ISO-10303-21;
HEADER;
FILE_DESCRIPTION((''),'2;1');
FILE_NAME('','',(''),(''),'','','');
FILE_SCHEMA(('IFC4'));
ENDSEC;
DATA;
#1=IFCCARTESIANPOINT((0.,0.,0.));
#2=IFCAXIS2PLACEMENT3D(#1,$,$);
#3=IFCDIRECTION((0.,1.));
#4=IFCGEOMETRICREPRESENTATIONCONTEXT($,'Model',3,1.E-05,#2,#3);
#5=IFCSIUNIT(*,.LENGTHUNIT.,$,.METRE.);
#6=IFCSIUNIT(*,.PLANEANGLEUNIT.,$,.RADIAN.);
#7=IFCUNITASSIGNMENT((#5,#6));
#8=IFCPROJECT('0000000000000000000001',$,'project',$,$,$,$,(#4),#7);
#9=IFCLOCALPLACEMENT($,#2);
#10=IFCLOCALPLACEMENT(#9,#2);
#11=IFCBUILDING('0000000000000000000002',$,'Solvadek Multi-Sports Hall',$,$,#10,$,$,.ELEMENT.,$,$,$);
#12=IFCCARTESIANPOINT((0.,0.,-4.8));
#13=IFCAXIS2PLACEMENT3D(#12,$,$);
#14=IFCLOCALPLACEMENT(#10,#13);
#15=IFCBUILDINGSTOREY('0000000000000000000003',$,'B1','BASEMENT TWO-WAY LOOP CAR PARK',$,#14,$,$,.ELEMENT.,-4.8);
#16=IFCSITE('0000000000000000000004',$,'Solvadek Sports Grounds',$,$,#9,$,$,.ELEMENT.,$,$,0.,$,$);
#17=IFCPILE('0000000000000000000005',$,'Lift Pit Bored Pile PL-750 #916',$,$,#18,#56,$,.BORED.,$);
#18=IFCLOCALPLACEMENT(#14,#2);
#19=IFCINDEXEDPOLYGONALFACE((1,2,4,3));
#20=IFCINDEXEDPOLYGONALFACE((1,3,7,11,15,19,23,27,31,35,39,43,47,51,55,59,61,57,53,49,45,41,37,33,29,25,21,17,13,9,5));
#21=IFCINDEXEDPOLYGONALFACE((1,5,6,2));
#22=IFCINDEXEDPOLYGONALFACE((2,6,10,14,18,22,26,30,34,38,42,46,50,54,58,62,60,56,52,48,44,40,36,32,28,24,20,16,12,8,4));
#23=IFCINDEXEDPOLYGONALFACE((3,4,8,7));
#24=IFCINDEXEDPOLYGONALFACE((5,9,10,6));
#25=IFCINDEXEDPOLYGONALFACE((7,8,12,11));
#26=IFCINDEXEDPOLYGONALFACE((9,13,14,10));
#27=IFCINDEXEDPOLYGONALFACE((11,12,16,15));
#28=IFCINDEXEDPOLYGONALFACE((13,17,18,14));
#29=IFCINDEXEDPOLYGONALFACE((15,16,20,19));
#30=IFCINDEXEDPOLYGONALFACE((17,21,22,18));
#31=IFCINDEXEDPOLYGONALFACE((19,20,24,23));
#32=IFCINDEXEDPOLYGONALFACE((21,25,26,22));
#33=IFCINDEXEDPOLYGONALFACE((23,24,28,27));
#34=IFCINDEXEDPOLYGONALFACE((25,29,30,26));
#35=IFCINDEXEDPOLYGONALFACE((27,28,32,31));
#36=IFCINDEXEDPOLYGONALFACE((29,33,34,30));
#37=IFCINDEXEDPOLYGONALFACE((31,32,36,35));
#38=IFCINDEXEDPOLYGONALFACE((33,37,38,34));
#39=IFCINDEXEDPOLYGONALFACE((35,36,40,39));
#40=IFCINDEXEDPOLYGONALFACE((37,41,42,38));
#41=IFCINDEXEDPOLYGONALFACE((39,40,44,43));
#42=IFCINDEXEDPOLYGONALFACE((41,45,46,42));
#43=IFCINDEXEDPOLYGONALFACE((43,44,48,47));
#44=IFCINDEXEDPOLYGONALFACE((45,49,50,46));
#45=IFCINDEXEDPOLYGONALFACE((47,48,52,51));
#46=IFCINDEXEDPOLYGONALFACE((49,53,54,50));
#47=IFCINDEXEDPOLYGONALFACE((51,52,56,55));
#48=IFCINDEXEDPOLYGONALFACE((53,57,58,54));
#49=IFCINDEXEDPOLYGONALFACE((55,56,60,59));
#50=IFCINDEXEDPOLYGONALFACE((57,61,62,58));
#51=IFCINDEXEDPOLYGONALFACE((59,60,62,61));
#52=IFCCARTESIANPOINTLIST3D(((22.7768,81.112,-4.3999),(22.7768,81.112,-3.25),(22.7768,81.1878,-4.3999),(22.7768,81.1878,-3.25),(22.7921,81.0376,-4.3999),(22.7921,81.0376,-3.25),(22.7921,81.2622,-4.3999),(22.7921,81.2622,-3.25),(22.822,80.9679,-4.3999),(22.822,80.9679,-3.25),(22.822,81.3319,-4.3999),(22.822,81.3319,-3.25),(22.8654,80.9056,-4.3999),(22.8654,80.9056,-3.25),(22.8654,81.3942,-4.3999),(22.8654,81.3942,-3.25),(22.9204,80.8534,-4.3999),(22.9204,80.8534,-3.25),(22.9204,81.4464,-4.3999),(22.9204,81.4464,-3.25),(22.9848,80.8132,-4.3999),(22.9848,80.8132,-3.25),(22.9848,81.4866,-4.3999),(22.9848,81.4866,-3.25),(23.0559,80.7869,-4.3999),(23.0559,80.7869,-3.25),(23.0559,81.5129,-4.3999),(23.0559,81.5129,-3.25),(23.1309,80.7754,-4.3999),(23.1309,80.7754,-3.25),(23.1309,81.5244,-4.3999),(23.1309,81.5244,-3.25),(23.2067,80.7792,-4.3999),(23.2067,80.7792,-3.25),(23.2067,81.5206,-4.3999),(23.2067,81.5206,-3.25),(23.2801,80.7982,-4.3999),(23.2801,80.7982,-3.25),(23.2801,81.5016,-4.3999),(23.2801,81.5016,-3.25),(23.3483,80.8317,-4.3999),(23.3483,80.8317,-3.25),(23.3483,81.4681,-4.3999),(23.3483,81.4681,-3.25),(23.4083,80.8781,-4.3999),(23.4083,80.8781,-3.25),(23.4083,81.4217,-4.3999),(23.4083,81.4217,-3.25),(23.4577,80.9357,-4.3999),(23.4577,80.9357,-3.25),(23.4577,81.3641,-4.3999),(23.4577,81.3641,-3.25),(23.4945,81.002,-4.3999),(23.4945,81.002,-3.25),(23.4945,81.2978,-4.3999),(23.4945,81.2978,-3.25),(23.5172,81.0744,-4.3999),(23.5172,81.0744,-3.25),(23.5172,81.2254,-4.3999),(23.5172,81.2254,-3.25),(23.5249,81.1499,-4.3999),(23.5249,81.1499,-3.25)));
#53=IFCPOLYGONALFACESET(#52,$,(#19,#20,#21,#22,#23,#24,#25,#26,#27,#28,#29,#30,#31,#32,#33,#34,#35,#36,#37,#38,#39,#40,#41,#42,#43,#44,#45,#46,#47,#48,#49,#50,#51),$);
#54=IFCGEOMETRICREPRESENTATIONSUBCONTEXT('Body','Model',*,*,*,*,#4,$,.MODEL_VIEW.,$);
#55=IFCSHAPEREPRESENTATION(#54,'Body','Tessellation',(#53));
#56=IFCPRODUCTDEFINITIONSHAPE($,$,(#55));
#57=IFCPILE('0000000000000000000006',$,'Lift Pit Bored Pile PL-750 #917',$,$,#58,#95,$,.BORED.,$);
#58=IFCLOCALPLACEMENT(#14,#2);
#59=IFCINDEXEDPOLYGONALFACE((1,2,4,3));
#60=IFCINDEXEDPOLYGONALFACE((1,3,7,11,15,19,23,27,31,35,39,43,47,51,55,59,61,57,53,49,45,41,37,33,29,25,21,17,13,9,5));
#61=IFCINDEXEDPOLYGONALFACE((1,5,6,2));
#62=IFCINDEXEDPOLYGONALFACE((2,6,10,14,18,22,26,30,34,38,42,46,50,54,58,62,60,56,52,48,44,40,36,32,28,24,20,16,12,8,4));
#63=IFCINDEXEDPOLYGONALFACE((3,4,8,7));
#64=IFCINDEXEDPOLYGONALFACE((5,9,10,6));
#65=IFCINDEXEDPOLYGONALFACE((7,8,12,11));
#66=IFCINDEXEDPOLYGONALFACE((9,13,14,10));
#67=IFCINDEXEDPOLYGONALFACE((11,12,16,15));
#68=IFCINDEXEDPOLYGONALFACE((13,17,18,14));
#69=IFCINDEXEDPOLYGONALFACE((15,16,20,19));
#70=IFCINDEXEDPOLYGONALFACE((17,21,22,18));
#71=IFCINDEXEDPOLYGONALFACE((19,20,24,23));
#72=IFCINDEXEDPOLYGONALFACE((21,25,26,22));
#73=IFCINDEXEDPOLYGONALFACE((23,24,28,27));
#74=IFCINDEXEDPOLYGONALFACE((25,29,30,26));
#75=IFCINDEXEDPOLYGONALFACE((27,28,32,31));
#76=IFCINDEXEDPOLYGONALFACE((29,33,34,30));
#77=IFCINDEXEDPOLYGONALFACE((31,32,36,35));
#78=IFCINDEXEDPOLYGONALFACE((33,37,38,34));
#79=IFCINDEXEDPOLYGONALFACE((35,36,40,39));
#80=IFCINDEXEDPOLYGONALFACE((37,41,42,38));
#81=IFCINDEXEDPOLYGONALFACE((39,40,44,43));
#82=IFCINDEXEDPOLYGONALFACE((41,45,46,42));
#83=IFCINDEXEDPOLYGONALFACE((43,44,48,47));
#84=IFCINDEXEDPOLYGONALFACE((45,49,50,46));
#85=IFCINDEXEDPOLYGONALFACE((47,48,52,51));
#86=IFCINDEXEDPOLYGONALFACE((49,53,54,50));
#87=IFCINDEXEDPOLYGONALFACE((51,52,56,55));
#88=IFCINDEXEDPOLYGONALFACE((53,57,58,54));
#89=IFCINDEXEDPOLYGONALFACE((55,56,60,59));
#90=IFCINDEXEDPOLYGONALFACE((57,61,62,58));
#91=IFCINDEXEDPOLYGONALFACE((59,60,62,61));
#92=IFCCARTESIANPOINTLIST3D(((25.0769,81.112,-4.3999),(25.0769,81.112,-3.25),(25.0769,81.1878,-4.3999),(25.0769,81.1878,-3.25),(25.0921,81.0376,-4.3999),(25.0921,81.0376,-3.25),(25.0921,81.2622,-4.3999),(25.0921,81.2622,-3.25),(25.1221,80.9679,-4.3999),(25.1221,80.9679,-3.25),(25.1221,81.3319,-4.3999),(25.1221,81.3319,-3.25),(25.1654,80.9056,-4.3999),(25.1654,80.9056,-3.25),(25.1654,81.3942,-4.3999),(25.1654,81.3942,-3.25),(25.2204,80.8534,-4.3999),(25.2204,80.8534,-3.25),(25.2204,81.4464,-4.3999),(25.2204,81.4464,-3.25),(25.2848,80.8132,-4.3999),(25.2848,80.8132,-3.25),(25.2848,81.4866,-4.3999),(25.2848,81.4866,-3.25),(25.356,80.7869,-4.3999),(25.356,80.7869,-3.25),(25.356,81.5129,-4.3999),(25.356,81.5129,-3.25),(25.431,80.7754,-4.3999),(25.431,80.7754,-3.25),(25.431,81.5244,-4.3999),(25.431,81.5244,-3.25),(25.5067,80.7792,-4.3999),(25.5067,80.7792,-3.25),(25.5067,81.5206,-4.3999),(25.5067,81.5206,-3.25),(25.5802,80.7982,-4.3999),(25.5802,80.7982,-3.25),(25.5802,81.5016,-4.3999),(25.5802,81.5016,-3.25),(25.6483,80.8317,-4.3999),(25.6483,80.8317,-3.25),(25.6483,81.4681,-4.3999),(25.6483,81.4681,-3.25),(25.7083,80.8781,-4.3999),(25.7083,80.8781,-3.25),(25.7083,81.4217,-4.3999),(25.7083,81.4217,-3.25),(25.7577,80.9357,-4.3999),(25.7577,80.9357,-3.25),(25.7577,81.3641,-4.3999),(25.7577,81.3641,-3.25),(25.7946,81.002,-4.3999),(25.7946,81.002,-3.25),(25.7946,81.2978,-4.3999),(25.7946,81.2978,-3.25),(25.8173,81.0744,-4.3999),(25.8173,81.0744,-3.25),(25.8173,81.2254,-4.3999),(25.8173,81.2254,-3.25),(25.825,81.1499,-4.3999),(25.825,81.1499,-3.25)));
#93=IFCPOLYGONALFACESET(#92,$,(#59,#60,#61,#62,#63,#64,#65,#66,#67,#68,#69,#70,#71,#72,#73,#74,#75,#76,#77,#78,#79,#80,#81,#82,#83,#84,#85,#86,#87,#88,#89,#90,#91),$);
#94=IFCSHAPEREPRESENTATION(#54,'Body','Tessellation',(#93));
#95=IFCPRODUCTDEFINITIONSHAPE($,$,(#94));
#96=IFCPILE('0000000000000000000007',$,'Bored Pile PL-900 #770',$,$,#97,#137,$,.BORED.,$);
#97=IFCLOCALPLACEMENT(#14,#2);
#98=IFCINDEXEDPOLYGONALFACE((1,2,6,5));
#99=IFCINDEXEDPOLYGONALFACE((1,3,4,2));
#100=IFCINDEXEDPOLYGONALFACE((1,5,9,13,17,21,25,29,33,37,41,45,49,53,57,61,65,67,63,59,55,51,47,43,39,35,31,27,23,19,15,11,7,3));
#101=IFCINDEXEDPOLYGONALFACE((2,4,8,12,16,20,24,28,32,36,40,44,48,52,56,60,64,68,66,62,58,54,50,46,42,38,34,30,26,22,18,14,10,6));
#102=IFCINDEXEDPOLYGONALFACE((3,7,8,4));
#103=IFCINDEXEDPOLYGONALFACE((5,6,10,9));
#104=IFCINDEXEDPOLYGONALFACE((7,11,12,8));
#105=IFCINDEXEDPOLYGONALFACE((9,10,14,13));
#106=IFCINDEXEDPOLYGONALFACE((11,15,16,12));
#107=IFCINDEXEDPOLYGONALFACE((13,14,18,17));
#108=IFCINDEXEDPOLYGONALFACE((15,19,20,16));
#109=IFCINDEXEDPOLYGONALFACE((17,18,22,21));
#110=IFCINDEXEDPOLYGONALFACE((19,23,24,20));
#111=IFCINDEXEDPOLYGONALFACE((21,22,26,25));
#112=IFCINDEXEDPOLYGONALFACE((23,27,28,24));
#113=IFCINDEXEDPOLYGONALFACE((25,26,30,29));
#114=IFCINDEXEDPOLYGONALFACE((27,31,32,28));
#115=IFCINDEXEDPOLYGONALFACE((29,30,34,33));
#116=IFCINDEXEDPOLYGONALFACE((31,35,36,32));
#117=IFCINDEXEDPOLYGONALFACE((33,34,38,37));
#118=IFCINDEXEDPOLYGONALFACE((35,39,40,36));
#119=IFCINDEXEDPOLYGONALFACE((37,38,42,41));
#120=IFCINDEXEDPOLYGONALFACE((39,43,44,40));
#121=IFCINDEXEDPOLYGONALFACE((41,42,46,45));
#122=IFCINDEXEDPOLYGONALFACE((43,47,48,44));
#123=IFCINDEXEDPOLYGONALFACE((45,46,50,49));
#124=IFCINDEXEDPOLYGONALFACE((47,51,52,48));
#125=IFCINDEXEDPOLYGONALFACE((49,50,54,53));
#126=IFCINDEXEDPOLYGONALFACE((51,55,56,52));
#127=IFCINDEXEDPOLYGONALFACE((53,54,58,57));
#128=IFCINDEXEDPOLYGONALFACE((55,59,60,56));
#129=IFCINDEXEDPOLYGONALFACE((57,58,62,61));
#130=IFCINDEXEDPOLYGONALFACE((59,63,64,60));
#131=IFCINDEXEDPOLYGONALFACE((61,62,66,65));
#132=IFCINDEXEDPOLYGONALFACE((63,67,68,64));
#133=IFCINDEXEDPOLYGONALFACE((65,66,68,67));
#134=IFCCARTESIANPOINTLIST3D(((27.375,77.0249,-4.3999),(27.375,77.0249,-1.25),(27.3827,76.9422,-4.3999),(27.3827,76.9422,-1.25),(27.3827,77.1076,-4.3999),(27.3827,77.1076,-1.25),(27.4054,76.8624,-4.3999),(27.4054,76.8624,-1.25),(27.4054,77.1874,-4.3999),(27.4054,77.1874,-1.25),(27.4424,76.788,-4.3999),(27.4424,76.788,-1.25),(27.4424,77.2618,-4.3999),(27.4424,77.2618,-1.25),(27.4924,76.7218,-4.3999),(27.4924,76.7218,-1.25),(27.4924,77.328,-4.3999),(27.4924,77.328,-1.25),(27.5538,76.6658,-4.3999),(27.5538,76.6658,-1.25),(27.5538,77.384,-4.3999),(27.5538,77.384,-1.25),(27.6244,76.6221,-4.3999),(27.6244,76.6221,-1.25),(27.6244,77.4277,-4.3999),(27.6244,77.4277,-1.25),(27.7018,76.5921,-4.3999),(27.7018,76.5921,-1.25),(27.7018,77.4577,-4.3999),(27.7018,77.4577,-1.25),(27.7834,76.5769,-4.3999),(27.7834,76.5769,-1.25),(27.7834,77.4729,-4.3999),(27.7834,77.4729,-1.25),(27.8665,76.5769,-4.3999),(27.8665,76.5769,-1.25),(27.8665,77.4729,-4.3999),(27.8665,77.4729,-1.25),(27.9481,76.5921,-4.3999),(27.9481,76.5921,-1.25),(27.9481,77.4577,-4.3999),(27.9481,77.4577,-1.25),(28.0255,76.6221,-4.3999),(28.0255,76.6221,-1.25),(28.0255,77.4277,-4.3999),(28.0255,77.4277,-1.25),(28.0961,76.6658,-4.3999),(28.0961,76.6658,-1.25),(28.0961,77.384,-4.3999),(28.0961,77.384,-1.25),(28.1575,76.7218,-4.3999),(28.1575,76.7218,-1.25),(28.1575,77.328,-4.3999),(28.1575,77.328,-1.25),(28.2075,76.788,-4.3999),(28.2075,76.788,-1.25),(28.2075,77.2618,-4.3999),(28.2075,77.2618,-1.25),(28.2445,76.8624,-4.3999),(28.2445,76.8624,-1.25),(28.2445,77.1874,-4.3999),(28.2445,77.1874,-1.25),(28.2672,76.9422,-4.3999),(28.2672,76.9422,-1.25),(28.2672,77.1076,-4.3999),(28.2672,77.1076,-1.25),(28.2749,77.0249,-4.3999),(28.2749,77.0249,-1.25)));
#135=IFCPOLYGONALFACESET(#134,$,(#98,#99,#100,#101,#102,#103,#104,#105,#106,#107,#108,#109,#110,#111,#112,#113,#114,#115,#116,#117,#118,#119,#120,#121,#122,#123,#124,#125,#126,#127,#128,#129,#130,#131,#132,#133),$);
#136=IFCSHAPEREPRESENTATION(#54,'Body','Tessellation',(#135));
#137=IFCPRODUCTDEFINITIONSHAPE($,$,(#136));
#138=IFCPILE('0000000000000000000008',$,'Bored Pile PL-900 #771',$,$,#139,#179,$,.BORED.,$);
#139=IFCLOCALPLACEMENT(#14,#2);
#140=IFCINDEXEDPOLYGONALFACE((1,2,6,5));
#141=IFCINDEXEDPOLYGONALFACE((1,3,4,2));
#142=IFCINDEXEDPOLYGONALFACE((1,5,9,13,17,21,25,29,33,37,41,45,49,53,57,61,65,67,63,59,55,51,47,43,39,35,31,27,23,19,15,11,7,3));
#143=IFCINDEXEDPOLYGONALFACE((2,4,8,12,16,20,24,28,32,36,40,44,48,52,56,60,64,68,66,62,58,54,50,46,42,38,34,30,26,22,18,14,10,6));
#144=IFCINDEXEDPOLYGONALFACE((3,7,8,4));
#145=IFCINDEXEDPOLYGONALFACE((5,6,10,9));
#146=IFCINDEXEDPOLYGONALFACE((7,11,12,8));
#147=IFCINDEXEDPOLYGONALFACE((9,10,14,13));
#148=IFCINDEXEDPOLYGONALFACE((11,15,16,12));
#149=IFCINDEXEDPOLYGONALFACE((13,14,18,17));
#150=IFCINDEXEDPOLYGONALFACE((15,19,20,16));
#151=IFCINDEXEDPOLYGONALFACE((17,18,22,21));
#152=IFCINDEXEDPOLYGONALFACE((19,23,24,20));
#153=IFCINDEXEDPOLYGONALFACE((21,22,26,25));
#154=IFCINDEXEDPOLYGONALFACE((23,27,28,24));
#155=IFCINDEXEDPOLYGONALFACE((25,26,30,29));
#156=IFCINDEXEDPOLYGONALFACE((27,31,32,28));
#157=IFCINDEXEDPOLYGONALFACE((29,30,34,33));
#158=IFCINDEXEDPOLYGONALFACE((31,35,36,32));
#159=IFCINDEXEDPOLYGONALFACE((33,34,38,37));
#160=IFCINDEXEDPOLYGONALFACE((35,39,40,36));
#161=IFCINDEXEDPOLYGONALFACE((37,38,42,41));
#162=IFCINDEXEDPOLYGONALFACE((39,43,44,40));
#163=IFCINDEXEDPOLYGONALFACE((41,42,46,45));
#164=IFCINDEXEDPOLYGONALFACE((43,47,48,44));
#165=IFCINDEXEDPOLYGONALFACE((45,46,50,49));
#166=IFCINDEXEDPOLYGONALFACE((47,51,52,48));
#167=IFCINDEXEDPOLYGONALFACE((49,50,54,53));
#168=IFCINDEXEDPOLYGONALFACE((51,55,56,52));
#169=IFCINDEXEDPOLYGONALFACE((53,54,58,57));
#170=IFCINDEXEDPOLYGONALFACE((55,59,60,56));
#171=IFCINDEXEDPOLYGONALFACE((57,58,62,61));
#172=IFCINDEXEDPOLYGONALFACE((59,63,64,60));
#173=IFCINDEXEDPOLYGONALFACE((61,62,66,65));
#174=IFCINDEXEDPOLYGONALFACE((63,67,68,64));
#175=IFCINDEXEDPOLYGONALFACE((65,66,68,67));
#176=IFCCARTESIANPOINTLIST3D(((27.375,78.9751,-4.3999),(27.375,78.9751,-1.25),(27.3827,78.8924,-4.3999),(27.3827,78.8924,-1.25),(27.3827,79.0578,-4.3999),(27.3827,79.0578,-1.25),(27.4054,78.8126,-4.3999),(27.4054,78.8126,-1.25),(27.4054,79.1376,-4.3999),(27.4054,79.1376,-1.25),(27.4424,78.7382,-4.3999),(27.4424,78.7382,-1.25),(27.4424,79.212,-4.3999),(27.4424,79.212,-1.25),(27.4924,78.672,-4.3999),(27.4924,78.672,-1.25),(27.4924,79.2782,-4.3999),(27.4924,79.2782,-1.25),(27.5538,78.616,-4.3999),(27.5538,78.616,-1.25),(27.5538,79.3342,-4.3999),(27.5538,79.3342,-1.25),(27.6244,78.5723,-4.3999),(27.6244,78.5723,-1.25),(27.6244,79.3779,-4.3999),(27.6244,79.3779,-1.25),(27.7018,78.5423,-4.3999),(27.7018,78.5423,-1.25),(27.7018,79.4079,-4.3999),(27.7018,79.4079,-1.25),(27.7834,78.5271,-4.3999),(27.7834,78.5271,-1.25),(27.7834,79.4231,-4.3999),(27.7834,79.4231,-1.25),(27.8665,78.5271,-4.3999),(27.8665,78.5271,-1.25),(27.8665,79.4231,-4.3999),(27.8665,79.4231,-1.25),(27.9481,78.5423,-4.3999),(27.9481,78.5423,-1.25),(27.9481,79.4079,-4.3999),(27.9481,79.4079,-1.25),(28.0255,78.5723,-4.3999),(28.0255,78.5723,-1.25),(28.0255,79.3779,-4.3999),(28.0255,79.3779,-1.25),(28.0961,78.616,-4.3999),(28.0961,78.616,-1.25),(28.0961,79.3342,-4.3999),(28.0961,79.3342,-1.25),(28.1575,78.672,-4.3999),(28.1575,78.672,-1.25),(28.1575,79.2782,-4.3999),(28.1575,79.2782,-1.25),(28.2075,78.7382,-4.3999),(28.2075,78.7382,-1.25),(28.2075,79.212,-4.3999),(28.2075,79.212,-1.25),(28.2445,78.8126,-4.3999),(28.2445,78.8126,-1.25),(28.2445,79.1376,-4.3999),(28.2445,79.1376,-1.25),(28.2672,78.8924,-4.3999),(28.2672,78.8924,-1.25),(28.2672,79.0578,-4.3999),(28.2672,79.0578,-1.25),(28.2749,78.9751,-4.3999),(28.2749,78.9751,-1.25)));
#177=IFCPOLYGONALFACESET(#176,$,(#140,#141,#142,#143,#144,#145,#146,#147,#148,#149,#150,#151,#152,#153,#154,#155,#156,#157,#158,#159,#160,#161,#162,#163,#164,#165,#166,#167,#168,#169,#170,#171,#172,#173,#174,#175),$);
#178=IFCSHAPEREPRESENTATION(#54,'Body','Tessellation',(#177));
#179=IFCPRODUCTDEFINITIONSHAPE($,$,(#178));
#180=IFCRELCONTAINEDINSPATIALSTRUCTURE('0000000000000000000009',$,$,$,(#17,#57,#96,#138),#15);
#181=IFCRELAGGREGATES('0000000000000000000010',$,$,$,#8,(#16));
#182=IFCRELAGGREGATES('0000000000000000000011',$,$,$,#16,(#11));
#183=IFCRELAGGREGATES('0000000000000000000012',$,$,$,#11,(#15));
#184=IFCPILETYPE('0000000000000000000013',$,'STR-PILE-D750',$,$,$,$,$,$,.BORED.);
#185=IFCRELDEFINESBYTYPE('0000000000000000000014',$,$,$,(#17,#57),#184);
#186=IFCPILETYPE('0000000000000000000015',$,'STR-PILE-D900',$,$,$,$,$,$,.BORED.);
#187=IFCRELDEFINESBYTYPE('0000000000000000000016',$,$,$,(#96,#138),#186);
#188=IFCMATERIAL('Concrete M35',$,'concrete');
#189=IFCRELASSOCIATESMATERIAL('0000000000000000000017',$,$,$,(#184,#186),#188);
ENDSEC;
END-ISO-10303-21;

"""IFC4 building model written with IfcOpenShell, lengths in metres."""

from ifc_helpers import new_model, si_unit, direction, frame, origin, origin_2d, place, context, subcontext, project, spatial, circle, extrude, material, material_profile, profile_set, type_object, element, save


model = new_model("IFC4")

# Units and contexts
model_context = context("Model", 3, precision=1e-05, world=origin(), true_north=direction((0.0, 1.0)))
body_context = subcontext(model_context, "Body", "Model", "MODEL_VIEW")
ifc_project = project(units=[si_unit("LENGTHUNIT", "METRE"), si_unit("PLANEANGLEUNIT", "RADIAN")], contexts=[model_context])

# Site, building, storey
site_placement = place(None, origin())
site = spatial("IfcSite", under=ifc_project, at=site_placement, Name="Solvadek Sports Grounds", CompositionType="ELEMENT", RefElevation=0.0)
building_placement = place(site_placement, origin())
building = spatial("IfcBuilding", under=site, at=building_placement, Name="Solvadek Multi-Sports Hall", CompositionType="ELEMENT")
storey_placement = place(building_placement, frame((0.0, 0.0, -4.8)))
storey = spatial("IfcBuildingStorey", under=building, at=storey_placement, Name="B1", Description="BASEMENT TWO-WAY LOOP CAR PARK", CompositionType="ELEMENT", Elevation=-4.8)

# Piles
ifc_material_1 = material(Name="Concrete M35", Category="concrete")
ifc_material_profile_1 = material_profile(ifc_material_1, circle(Radius=0.375, at=origin_2d()), Name="BORED PILE D750")
ifc_profile_set_1 = profile_set([ifc_material_profile_1], Name="Concrete M35")
pile_type_1 = type_object("IfcPileType", Name="STR-PILE-D750", PredefinedType="BORED", material=ifc_profile_set_1)
for number, where, z_axis, x_axis, name in (
    (1, (23.1499, 81.1499, -3.25), (0.0, 0.0, -1.0), (1.0, 0.0, 0.0), "Lift Pit Bored Pile PL-750 #916"),
    (2, (25.45, 81.1499, -3.25), (0.0, 0.0, -1.0), (1.0, 0.0, 0.0), "Lift Pit Bored Pile PL-750 #917"),
):
    element("IfcPile", number, at=place(storey_placement, frame(where, z_axis=z_axis, x_axis=x_axis)), inside=storey, type_object=pile_type_1, Name=name, PredefinedType="BORED", context=body_context, shape_type="SweptSolid", body=[
        extrude(circle(Radius=0.375, at=origin_2d()), origin(), (0.0, 0.0, 1.0), 1.1499),
    ])
ifc_material_profile_2 = material_profile(ifc_material_1, circle(Radius=0.45, at=origin_2d()), Name="BORED PILE D900")
ifc_profile_set_2 = profile_set([ifc_material_profile_2], Name="Concrete M35")
pile_type_2 = type_object("IfcPileType", Name="STR-PILE-D900", PredefinedType="BORED", material=ifc_profile_set_2)
for number, where, z_axis, x_axis, name in (
    (3, (27.825, 77.0249, -1.25), (0.0, 0.0, -1.0), (1.0, 0.0, 0.0), "Bored Pile PL-900 #770"),
    (4, (27.825, 78.9751, -1.25), (0.0, 0.0, -1.0), (1.0, 0.0, 0.0), "Bored Pile PL-900 #771"),
):
    element("IfcPile", number, at=place(storey_placement, frame(where, z_axis=z_axis, x_axis=x_axis)), inside=storey, type_object=pile_type_2, Name=name, PredefinedType="BORED", context=body_context, shape_type="SweptSolid", body=[
        extrude(circle(Radius=0.45, at=origin_2d()), origin(), (0.0, 0.0, 1.0), 3.1499),
    ])

save(model, "model.ifc")
